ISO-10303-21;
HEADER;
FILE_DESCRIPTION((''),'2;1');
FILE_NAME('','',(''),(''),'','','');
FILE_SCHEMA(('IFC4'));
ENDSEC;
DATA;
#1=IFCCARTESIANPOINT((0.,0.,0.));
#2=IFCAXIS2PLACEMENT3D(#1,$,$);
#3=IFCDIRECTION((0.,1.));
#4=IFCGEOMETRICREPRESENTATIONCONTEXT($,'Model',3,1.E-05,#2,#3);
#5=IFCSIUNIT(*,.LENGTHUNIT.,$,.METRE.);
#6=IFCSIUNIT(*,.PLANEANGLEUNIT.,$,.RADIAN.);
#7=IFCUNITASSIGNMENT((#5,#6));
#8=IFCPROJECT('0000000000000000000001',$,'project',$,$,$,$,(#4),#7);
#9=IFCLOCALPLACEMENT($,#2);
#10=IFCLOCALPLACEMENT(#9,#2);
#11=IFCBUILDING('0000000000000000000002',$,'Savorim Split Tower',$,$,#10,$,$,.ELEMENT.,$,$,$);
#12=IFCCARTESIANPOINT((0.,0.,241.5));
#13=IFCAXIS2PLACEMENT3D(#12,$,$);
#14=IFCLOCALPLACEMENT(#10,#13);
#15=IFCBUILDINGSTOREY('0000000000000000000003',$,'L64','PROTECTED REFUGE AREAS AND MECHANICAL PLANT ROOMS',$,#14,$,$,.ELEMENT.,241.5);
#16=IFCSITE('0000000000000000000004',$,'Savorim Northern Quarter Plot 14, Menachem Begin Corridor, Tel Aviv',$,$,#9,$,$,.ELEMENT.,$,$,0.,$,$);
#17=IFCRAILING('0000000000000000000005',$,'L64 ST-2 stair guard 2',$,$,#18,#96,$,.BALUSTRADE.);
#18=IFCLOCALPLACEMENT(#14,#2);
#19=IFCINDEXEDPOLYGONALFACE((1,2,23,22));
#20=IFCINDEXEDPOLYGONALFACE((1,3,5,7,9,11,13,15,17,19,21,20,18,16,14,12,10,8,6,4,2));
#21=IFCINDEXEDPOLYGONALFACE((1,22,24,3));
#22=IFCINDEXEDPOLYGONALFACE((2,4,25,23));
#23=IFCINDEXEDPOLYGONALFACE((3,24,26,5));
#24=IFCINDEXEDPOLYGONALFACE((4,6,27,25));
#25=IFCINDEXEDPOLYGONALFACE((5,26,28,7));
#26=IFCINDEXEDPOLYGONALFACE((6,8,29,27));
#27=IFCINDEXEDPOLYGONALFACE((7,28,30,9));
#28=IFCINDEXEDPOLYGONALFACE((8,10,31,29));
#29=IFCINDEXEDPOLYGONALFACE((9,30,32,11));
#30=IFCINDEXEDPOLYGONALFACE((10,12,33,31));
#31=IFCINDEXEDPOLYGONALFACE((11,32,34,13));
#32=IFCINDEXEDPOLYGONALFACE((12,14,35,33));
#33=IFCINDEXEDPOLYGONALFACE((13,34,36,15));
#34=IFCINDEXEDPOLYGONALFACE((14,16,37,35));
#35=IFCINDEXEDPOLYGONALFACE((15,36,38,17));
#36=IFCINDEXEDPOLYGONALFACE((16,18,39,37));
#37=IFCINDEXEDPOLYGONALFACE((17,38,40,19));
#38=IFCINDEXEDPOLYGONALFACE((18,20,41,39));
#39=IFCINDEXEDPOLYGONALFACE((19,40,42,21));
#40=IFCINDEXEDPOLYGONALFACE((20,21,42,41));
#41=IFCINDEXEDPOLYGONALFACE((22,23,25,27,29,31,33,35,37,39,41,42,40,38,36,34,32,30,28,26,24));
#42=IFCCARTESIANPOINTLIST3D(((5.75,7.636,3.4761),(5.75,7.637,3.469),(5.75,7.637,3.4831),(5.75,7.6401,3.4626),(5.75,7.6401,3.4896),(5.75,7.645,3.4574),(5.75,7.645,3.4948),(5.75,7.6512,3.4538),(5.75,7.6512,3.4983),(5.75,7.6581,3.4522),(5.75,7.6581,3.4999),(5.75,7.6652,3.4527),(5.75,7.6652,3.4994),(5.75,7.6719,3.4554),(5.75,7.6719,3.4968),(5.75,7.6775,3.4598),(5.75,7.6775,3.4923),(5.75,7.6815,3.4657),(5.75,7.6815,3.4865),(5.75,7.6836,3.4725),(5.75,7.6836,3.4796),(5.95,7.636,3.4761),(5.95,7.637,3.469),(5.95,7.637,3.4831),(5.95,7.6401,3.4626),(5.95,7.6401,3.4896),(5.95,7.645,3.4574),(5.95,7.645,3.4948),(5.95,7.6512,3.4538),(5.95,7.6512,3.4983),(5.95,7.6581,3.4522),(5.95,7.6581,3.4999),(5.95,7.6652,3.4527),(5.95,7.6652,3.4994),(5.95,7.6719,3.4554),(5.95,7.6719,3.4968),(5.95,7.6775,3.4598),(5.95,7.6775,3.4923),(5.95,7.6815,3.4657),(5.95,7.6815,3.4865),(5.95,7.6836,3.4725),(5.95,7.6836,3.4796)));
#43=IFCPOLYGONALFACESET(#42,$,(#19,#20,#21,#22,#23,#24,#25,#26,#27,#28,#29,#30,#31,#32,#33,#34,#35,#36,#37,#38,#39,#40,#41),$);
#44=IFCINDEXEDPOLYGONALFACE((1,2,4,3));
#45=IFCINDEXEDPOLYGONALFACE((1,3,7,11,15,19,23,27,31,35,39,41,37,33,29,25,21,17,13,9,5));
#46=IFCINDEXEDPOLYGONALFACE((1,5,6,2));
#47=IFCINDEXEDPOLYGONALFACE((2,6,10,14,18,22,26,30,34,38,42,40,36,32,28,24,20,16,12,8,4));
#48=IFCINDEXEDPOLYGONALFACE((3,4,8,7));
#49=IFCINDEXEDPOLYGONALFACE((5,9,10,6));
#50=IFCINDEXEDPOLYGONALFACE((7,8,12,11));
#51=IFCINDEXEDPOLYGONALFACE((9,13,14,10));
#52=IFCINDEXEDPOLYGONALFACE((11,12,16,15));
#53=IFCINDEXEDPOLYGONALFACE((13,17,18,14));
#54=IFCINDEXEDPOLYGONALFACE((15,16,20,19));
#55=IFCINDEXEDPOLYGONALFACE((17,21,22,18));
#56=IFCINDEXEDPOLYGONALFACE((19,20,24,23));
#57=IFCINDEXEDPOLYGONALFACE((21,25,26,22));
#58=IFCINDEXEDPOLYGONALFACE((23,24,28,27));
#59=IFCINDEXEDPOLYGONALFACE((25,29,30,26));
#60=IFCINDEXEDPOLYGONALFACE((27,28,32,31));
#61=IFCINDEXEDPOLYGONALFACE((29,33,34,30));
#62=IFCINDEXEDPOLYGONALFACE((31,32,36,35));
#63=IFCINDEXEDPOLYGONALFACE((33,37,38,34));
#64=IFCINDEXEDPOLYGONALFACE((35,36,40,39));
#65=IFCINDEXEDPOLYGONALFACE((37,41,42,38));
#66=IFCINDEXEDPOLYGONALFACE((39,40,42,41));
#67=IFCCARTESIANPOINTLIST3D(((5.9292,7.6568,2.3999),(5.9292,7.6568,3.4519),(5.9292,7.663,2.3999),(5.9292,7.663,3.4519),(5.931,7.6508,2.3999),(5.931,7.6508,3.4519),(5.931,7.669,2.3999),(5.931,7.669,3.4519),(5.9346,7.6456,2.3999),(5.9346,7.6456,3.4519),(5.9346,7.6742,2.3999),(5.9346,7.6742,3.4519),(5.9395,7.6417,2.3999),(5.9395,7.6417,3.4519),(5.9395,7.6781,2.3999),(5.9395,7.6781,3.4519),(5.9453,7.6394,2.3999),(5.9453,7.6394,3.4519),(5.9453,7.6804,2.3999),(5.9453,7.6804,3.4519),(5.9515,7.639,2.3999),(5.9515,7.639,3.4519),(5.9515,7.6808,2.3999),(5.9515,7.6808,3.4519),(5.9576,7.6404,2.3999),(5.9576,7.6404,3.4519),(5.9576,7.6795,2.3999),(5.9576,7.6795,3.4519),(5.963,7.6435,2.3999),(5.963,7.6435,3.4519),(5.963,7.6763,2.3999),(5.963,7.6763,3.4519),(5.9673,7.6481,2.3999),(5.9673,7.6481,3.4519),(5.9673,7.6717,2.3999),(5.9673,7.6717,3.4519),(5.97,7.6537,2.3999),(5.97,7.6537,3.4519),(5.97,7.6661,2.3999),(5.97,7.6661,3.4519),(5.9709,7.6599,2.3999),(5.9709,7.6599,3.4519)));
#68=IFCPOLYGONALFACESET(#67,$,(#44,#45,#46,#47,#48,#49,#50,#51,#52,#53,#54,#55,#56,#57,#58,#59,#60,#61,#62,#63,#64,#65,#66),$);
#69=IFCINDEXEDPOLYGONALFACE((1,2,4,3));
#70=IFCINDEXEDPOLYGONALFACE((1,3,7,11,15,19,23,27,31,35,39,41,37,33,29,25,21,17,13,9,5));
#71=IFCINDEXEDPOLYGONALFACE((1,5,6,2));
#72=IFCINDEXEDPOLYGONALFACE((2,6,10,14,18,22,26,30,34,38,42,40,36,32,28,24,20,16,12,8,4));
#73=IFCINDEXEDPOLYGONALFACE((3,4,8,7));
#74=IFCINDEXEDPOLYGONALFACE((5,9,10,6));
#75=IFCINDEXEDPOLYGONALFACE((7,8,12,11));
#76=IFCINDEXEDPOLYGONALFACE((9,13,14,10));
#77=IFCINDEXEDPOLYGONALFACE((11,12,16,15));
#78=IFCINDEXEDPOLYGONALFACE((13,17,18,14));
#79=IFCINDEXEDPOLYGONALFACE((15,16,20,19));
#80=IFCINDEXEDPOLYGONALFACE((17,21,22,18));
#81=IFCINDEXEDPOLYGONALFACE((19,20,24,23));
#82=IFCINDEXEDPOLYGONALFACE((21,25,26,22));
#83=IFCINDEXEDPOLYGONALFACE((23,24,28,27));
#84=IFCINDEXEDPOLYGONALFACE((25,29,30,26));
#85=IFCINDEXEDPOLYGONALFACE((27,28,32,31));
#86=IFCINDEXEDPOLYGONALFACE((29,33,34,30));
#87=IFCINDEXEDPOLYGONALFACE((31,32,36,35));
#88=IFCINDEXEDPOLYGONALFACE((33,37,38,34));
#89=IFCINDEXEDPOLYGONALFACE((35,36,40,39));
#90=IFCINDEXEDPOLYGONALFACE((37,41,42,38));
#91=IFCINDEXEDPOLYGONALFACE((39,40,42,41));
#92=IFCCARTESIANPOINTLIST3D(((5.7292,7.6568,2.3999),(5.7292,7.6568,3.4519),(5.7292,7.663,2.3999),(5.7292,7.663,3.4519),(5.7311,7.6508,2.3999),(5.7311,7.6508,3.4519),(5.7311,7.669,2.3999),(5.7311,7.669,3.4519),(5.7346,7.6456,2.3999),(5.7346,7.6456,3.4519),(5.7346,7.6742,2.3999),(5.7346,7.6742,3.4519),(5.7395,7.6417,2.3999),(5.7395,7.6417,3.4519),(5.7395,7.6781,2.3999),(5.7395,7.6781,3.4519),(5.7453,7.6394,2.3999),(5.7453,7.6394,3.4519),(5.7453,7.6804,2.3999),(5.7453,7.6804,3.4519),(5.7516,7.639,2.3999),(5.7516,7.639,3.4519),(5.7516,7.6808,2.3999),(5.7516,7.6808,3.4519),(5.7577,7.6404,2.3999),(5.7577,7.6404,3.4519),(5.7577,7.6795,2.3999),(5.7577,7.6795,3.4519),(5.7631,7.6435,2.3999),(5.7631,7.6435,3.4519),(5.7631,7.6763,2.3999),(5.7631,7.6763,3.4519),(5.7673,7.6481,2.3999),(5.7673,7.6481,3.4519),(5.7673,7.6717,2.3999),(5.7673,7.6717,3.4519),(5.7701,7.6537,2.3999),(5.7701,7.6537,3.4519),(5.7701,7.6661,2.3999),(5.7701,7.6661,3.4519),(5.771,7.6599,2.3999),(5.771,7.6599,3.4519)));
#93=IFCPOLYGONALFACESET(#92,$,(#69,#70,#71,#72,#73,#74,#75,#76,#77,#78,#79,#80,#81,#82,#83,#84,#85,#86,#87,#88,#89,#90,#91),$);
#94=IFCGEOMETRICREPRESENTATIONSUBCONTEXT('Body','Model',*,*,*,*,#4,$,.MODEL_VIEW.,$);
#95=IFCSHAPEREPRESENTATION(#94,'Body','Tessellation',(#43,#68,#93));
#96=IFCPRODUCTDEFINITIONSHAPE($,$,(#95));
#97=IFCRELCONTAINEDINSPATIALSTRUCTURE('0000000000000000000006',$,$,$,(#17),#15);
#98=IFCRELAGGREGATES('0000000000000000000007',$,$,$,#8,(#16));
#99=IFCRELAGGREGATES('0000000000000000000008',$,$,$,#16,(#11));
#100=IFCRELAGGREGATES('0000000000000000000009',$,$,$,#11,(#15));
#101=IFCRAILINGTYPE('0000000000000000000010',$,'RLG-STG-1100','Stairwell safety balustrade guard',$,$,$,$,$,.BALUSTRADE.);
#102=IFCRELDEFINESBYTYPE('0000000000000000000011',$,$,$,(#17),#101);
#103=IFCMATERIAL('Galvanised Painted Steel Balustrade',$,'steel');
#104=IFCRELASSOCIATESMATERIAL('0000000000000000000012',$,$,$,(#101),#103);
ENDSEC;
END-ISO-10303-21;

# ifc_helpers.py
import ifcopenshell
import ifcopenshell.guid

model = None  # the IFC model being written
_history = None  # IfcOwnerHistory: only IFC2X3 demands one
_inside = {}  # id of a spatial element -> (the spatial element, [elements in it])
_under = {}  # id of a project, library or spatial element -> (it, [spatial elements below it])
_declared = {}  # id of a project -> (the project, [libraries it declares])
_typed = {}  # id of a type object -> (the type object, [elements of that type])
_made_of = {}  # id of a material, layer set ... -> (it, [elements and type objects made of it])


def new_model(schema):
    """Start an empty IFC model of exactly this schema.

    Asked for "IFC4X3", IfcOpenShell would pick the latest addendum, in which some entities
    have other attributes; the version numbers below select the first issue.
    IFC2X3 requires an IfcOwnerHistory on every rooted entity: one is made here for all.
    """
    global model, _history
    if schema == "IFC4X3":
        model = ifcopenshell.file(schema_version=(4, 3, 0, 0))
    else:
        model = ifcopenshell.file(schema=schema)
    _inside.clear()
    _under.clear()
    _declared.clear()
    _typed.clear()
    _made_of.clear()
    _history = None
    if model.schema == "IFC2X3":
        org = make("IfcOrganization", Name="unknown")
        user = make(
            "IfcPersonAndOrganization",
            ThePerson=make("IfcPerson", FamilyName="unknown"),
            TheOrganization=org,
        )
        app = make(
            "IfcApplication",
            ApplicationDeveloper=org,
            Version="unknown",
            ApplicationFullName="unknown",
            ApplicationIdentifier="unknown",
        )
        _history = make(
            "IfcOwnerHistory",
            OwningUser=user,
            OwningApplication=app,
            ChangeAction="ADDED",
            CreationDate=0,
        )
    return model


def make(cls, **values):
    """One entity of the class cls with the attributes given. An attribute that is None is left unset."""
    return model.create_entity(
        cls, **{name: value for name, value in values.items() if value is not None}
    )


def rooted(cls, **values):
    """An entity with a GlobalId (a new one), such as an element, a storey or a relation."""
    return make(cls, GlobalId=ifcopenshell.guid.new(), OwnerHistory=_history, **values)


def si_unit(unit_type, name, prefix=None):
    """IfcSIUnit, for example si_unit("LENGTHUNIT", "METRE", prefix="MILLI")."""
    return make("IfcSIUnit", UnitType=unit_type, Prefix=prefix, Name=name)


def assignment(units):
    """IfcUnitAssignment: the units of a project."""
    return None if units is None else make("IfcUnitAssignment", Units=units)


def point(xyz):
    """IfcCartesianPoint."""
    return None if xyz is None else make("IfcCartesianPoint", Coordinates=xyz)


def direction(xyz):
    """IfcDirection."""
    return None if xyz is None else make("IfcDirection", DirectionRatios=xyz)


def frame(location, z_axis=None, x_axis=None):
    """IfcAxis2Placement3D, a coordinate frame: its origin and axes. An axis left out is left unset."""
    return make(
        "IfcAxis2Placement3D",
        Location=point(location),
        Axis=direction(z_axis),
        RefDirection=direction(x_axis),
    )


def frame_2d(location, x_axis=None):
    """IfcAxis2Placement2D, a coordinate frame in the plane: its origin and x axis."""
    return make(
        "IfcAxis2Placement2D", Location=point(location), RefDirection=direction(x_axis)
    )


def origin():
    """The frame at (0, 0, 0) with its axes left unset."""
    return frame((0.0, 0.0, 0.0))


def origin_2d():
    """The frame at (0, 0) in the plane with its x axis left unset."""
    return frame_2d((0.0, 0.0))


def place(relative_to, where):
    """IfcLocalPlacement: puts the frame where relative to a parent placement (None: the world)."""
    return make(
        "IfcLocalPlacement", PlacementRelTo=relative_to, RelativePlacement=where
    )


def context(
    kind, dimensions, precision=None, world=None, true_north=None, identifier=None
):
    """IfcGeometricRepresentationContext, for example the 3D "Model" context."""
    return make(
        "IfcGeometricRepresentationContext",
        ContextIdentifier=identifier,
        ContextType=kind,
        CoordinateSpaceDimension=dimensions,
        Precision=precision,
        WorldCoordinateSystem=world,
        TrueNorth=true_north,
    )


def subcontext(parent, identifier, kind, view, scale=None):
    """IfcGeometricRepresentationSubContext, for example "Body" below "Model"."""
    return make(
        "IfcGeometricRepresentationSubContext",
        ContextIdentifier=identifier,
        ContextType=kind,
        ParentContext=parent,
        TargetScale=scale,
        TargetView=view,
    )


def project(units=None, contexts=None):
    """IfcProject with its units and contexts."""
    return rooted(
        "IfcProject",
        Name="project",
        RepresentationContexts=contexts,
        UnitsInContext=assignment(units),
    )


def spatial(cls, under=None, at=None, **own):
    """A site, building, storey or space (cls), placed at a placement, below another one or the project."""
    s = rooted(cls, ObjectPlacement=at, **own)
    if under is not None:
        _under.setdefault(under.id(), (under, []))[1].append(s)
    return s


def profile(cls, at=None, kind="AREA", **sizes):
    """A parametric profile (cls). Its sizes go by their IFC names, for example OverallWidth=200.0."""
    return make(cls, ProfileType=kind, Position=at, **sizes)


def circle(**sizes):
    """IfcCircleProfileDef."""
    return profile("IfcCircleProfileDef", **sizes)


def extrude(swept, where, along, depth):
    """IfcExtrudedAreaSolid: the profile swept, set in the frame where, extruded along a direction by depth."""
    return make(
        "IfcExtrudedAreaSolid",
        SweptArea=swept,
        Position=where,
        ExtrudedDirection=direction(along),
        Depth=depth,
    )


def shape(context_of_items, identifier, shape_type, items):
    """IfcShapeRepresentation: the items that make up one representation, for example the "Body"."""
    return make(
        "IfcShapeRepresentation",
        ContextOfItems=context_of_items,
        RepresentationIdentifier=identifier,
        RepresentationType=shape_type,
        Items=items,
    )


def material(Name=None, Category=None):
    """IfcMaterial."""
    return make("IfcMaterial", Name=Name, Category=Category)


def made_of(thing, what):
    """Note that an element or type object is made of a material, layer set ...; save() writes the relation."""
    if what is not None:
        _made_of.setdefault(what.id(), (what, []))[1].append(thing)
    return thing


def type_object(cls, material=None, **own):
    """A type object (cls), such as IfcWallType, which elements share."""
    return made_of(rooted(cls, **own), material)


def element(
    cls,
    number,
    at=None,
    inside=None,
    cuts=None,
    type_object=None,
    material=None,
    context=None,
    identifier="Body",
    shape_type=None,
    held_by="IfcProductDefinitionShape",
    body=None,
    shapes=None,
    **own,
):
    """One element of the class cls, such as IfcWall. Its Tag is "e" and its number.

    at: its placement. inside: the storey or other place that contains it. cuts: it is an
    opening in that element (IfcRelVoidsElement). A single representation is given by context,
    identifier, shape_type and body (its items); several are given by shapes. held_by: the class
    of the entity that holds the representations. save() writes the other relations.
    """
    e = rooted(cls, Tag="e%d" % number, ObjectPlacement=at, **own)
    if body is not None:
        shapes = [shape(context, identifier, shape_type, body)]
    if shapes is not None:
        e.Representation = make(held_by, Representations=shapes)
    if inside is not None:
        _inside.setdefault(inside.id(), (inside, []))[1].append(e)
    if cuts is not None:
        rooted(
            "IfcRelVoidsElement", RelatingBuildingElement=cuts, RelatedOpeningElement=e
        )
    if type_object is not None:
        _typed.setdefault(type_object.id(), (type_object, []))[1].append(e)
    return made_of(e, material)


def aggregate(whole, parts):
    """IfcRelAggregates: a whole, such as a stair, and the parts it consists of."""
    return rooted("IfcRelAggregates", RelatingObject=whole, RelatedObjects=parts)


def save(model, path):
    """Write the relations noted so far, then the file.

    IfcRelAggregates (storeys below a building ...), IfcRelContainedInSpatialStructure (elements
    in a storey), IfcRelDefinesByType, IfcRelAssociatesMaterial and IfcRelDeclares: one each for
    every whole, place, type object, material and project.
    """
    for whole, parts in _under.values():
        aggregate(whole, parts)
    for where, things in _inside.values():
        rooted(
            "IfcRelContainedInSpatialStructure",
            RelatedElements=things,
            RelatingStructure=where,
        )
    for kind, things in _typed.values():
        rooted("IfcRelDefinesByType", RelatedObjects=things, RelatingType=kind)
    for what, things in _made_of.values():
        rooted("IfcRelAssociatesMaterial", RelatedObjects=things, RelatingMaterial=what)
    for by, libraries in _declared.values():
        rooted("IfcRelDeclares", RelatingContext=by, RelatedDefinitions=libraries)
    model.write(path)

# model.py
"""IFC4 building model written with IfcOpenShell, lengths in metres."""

from ifc_helpers import new_model, si_unit, direction, frame, origin, origin_2d, place, context, subcontext, project, spatial, circle, extrude, material, type_object, element, save


model = new_model("IFC4")

# Units and contexts
model_context = context("Model", 3, precision=1e-05, world=origin(), true_north=direction((0.0, 1.0)))
body_context = subcontext(model_context, "Body", "Model", "MODEL_VIEW")
ifc_project = project(units=[si_unit("LENGTHUNIT", "METRE"), si_unit("PLANEANGLEUNIT", "RADIAN")], contexts=[model_context])

# Site, building, storey
site_placement = place(None, origin())
site = spatial("IfcSite", under=ifc_project, at=site_placement, Name="Savorim Northern Quarter Plot 14, Menachem Begin Corridor, Tel Aviv", CompositionType="ELEMENT", RefElevation=0.0)
building_placement = place(site_placement, origin())
building = spatial("IfcBuilding", under=site, at=building_placement, Name="Savorim Split Tower", CompositionType="ELEMENT")
storey_placement = place(building_placement, frame((0.0, 0.0, 241.5)))
storey = spatial("IfcBuildingStorey", under=building, at=storey_placement, Name="L64", Description="PROTECTED REFUGE AREAS AND MECHANICAL PLANT ROOMS", CompositionType="ELEMENT", Elevation=241.5)

# Shared definitions
ifc_material_1 = material(Name="Galvanised Painted Steel Balustrade", Category="steel")

# Railing
railing_type_1 = type_object("IfcRailingType", Name="RLG-STG-1100", Description="Stairwell safety balustrade guard", PredefinedType="BALUSTRADE", material=ifc_material_1)
railing_1_placement = place(storey_placement, frame((5.95, 7.6599, 2.3999)))
element("IfcRailing", 1, at=railing_1_placement, inside=storey, type_object=railing_type_1, Name="L64 ST-2 stair guard 2", PredefinedType="BALUSTRADE", context=body_context, shape_type="SweptSolid", body=[
    extrude(circle(Radius=0.0239, at=origin_2d()), frame((0.0, 0.0, 1.0762), z_axis=(-1.0, 0.0, 0.0), x_axis=(0.0, -1.0, 0.0)), (0.0, 0.0, 1.0), 0.2),
    extrude(circle(Radius=0.021, at=origin_2d()), origin(), (0.0, 0.0, 1.0), 1.052),
    extrude(circle(Radius=0.021, at=origin_2d()), frame((-0.2, 0.0, 0.0)), (0.0, 0.0, 1.0), 1.052),
])

save(model, "model.ifc")
